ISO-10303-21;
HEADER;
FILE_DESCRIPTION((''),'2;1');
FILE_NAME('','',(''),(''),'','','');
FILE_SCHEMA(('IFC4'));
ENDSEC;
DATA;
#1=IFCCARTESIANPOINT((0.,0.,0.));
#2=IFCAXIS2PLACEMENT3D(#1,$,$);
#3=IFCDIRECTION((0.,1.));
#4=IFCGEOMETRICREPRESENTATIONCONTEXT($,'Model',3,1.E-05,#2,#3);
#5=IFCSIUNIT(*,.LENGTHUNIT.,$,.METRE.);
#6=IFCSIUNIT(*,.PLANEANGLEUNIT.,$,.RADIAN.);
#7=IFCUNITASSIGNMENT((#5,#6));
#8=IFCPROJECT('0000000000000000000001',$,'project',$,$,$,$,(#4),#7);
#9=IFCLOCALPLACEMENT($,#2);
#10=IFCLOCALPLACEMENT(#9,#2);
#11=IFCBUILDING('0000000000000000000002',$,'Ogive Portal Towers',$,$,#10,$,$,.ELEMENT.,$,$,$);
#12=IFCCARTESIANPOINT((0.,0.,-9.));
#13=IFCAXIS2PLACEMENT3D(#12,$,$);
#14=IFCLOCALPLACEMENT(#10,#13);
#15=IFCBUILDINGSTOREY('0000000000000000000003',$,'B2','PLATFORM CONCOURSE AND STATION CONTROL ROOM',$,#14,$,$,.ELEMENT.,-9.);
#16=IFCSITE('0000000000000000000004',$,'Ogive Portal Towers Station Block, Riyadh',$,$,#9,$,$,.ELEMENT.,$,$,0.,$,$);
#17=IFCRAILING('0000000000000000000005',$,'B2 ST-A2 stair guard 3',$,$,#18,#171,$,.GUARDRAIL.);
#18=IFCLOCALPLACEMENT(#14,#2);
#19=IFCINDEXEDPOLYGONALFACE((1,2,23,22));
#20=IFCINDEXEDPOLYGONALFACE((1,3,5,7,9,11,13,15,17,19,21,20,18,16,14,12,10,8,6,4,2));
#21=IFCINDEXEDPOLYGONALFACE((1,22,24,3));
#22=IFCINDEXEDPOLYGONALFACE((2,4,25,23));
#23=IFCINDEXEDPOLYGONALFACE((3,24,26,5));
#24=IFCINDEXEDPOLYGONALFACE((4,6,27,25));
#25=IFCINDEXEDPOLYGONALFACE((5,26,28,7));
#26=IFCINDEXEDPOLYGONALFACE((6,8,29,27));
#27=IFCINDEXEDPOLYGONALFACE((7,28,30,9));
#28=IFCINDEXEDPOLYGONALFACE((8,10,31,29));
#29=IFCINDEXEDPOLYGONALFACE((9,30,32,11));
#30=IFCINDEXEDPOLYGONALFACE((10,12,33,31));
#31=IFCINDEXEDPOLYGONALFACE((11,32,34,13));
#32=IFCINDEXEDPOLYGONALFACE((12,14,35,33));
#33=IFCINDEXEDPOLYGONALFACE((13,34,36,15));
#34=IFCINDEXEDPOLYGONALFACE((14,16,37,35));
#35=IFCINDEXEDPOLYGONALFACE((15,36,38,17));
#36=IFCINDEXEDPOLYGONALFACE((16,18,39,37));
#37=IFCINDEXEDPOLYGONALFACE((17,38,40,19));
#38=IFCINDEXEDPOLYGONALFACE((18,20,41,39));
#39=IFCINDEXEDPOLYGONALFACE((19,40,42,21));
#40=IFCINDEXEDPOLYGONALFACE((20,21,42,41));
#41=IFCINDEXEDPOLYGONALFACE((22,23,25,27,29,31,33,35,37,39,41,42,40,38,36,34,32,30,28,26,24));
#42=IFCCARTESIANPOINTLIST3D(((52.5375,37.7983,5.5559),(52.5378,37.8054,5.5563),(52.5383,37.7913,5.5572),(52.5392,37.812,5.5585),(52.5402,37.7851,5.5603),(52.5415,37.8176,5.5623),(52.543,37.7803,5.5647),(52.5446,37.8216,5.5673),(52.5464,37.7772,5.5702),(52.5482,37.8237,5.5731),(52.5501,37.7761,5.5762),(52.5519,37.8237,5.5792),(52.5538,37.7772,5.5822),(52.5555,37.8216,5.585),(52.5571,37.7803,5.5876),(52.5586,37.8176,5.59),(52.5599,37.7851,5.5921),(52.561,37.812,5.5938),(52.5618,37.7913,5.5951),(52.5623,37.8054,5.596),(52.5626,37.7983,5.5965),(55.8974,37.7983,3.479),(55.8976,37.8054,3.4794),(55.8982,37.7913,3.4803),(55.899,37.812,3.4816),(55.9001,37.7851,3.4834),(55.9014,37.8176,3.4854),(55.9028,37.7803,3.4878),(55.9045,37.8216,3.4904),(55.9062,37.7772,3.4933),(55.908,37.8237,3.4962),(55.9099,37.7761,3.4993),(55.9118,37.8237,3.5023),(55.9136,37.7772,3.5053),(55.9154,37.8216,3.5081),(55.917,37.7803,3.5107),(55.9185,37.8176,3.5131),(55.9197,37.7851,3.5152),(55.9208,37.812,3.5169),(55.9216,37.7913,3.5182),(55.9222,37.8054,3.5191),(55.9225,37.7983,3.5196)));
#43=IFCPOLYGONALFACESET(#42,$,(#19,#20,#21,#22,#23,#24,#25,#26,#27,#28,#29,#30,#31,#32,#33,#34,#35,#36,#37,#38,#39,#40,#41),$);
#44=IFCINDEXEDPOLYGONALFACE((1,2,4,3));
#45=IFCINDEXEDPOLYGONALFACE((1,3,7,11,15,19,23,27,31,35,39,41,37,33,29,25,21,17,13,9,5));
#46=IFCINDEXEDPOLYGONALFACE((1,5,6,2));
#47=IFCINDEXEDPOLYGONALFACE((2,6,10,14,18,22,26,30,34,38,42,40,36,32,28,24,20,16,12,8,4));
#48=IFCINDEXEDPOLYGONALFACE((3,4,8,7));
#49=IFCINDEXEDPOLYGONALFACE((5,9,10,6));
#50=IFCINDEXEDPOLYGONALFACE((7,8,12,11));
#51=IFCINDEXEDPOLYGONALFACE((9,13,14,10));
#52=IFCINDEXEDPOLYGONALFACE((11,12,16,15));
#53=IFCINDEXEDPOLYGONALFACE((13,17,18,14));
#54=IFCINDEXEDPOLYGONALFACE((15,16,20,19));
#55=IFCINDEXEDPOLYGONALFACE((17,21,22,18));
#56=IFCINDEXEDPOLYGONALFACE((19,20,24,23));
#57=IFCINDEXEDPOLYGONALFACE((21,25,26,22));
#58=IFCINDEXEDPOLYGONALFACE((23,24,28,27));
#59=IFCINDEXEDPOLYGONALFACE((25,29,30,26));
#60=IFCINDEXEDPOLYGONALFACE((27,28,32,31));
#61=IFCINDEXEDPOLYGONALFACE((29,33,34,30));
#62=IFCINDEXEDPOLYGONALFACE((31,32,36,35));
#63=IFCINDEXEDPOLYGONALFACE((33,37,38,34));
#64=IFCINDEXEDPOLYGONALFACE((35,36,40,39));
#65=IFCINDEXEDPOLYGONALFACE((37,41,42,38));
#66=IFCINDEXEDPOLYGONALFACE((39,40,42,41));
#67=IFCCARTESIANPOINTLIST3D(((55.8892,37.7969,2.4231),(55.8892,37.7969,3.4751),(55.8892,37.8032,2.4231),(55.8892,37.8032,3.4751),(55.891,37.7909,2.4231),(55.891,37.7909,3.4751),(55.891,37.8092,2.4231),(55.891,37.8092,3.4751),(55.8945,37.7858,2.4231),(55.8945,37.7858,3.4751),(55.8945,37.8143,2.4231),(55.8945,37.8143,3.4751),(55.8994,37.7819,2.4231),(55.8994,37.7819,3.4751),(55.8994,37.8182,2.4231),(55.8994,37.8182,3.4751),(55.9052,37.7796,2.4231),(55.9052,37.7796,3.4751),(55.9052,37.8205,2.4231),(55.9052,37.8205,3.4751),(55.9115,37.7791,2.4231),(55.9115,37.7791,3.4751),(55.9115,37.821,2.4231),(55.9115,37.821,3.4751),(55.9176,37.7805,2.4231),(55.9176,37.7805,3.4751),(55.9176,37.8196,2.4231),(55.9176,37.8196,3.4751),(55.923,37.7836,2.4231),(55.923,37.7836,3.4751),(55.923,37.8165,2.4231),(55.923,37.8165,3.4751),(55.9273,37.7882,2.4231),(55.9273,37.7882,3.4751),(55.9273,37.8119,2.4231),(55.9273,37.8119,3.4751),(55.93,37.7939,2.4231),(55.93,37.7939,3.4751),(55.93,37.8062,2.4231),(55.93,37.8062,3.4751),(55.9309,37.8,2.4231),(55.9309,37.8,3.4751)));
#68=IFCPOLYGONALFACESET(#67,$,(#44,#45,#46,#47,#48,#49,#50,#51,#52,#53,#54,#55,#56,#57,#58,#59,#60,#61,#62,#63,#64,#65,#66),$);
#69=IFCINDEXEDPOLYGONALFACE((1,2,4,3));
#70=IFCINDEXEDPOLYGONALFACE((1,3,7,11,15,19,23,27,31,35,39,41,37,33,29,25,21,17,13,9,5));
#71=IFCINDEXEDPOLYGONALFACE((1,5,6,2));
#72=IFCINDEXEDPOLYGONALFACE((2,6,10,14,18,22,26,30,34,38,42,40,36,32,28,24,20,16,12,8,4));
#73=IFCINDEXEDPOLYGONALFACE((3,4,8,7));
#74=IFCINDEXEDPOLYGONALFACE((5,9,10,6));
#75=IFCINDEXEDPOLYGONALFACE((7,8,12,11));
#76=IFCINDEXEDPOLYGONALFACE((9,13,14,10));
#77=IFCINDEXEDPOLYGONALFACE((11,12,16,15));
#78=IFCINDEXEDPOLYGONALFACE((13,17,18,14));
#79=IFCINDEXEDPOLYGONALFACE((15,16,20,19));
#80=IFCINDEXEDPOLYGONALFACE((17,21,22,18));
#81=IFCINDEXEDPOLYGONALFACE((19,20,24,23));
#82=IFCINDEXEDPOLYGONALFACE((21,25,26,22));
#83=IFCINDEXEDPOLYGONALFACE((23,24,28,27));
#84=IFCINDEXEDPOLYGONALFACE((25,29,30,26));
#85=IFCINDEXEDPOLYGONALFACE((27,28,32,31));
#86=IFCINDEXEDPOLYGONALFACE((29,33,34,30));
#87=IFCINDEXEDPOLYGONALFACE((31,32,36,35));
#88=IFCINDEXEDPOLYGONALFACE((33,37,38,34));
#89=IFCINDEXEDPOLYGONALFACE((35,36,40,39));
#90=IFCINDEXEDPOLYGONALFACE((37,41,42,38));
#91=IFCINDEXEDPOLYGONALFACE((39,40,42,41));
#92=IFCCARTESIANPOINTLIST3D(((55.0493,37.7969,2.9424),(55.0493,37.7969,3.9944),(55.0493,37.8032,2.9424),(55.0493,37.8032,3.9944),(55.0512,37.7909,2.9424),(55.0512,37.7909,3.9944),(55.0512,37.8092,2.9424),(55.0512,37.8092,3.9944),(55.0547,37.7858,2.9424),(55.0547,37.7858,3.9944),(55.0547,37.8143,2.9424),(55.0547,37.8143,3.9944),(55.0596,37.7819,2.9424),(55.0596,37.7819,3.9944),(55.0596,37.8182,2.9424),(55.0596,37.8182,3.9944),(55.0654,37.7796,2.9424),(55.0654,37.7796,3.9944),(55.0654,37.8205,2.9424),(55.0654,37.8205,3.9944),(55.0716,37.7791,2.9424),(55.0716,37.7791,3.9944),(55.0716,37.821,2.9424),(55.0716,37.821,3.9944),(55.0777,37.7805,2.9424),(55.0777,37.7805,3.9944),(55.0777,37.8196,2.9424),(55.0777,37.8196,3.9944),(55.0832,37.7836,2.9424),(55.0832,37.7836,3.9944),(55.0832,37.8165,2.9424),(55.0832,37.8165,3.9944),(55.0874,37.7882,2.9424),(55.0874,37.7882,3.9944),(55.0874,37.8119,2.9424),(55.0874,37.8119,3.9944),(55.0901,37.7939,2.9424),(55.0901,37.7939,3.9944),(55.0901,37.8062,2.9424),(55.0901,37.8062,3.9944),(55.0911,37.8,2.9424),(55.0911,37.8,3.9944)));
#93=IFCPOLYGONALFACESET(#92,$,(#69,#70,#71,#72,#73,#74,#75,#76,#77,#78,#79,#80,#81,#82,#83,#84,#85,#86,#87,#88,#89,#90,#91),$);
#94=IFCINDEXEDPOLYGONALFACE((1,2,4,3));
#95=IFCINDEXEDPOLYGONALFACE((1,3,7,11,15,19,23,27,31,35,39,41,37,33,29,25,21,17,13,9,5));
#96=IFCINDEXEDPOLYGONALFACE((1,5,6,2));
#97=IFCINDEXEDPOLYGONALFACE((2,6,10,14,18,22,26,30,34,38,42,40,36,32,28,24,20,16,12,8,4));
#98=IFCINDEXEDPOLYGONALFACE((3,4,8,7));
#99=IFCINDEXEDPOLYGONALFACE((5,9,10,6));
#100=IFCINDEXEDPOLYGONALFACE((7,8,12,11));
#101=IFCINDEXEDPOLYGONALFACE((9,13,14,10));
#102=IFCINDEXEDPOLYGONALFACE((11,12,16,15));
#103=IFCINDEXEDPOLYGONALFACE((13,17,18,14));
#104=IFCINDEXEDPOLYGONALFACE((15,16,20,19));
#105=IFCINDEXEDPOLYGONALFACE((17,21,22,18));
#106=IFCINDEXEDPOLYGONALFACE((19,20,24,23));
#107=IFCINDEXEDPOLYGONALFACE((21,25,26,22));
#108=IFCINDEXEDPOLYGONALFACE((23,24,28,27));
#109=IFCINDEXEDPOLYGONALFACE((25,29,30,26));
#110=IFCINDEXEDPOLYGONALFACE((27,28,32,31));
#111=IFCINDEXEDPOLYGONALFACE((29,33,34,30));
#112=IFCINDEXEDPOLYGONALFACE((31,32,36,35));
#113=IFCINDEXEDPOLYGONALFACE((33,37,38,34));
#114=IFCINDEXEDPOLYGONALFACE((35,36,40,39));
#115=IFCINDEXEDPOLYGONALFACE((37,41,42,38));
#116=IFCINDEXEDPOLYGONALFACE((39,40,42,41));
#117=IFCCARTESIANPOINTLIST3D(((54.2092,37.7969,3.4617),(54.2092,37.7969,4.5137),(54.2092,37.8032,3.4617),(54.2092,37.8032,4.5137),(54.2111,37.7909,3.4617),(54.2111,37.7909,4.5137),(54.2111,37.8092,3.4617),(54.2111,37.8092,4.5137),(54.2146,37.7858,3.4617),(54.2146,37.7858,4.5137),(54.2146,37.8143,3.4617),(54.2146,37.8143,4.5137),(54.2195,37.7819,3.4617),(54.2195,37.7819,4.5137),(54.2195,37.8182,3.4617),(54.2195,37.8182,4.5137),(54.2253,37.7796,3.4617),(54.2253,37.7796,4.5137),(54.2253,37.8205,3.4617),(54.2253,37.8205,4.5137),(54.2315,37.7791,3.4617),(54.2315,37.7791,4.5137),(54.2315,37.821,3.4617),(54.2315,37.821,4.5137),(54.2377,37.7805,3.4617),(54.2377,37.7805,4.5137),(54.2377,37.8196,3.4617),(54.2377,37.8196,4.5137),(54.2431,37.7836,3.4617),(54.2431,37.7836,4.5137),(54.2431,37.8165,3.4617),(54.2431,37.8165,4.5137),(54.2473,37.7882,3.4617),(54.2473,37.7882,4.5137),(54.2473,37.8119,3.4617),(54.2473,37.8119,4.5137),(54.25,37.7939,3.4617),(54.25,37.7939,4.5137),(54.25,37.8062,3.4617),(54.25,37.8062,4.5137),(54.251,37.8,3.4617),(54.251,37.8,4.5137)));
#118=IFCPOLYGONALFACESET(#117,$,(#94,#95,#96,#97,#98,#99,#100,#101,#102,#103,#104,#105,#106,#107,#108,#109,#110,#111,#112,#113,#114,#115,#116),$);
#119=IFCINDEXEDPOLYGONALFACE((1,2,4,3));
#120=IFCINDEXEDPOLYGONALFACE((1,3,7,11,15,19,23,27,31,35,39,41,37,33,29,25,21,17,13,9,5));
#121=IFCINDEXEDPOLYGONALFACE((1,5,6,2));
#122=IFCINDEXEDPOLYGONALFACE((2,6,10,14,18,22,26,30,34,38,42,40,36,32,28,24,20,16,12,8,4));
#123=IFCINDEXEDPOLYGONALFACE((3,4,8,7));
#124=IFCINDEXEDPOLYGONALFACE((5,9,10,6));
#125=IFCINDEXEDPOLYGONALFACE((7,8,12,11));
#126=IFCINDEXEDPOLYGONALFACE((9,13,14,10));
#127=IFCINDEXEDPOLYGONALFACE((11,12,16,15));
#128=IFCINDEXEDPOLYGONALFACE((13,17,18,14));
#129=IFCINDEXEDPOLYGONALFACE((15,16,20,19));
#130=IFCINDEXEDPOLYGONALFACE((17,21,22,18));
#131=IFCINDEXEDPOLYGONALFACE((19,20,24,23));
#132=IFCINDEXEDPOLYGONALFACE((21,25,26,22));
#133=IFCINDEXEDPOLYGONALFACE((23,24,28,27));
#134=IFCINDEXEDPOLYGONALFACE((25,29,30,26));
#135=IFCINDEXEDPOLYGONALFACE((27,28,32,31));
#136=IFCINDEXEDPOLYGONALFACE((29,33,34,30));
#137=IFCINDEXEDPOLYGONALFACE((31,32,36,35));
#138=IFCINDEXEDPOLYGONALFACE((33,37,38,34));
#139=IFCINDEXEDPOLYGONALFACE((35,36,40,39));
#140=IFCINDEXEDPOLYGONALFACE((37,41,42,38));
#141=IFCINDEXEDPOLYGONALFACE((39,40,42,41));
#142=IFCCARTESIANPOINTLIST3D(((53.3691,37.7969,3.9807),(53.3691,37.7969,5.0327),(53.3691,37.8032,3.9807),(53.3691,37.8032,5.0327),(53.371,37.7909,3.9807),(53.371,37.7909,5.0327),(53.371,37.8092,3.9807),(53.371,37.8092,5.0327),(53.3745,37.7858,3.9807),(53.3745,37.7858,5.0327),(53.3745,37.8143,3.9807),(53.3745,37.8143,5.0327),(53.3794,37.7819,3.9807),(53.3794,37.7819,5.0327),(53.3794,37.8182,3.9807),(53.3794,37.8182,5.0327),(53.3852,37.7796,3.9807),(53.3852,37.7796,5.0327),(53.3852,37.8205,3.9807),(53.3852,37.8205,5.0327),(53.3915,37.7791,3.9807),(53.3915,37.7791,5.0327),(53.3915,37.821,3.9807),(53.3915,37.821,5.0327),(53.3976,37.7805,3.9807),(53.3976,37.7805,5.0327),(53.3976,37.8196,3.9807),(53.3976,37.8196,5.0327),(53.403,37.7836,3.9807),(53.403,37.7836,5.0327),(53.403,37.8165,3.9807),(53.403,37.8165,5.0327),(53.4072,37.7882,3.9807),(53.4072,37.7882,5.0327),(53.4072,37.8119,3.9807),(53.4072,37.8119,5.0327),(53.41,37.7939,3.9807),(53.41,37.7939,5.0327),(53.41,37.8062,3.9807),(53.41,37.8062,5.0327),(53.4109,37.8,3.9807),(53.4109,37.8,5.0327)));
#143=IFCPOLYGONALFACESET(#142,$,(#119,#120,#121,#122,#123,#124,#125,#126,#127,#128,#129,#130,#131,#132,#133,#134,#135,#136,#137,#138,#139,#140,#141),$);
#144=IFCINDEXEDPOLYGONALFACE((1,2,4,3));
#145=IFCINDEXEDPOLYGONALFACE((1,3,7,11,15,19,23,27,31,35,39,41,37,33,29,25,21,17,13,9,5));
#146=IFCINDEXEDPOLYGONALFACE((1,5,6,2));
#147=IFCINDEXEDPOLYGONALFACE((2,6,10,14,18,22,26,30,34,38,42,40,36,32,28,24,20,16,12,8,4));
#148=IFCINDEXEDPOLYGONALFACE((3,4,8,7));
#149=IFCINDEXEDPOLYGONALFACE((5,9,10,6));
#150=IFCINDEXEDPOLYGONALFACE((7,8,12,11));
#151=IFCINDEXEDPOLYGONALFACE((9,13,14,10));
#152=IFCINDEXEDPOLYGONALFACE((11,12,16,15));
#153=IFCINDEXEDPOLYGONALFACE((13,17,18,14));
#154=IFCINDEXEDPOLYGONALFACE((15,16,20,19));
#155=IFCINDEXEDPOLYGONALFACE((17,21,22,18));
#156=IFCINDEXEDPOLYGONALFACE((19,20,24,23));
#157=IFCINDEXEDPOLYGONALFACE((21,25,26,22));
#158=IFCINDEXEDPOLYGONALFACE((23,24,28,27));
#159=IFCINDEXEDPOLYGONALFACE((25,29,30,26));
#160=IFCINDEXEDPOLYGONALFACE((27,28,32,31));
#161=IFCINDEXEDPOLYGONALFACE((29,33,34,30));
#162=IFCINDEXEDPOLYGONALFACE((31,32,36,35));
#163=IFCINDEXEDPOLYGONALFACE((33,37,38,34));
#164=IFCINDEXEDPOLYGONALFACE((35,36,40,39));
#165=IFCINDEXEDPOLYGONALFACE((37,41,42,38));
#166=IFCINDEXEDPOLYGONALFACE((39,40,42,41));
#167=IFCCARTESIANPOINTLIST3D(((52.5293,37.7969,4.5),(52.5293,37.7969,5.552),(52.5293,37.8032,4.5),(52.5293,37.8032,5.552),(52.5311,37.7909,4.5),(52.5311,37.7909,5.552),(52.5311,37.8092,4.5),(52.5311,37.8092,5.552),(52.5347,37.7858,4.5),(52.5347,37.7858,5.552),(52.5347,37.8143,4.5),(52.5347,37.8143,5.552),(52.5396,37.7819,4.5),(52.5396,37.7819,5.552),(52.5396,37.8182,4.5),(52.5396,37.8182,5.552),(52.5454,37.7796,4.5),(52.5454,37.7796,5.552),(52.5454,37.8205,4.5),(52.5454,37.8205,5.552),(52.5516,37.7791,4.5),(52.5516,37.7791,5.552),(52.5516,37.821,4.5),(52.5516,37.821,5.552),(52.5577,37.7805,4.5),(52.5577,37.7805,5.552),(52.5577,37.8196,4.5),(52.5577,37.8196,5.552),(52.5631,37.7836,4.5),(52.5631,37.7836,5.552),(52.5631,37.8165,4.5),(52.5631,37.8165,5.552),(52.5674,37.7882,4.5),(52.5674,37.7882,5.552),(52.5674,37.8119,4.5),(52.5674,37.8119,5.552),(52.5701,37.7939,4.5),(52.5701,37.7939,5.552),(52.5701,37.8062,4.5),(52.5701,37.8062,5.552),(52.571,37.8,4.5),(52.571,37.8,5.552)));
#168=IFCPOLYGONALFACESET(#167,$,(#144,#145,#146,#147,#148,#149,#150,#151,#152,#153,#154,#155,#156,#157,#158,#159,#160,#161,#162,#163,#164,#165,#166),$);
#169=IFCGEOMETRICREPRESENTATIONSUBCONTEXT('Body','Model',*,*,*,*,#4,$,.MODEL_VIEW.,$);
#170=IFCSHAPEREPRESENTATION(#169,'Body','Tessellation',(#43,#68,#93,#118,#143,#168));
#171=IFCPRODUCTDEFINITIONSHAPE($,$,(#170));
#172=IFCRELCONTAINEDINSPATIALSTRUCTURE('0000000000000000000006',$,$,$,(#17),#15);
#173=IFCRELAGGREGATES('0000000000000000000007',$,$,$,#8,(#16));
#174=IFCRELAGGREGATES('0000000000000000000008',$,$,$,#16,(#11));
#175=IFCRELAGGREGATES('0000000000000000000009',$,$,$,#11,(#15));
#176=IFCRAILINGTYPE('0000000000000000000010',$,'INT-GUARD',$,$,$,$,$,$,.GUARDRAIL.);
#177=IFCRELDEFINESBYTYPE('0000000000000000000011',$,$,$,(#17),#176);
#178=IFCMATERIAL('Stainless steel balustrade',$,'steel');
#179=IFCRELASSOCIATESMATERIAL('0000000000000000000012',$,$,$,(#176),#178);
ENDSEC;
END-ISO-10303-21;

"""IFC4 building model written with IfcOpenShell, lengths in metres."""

from ifc_helpers import new_model, si_unit, direction, frame, origin, origin_2d, place, context, subcontext, project, spatial, circle, extrude, material, type_object, element, save


model = new_model("IFC4")

# Units and contexts
model_context = context("Model", 3, precision=1e-05, world=origin(), true_north=direction((0.0, 1.0)))
body_context = subcontext(model_context, "Body", "Model", "MODEL_VIEW")
ifc_project = project(units=[si_unit("LENGTHUNIT", "METRE"), si_unit("PLANEANGLEUNIT", "RADIAN")], contexts=[model_context])

# Site, building, storey
site_placement = place(None, origin())
site = spatial("IfcSite", under=ifc_project, at=site_placement, Name="Ogive Portal Towers Station Block, Riyadh", CompositionType="ELEMENT", RefElevation=0.0)
building_placement = place(site_placement, origin())
building = spatial("IfcBuilding", under=site, at=building_placement, Name="Ogive Portal Towers", CompositionType="ELEMENT")
storey_placement = place(building_placement, frame((0.0, 0.0, -9.0)))
storey = spatial("IfcBuildingStorey", under=building, at=storey_placement, Name="B2", Description="PLATFORM CONCOURSE AND STATION CONTROL ROOM", CompositionType="ELEMENT", Elevation=-9.0)

# Railing
ifc_material_1 = material(Name="Stainless steel balustrade", Category="steel")
railing_type_1 = type_object("IfcRailingType", Name="INT-GUARD", PredefinedType="GUARDRAIL", material=ifc_material_1)
railing_1_placement = place(storey_placement, frame((55.9099, 37.8, 2.4231)))
element("IfcRailing", 1, at=railing_1_placement, inside=storey, type_object=railing_type_1, Name="B2 ST-A2 stair guard 3", PredefinedType="GUARDRAIL", context=body_context, shape_type="SweptSolid", body=[
    extrude(circle(Radius=0.0239, at=origin_2d()), frame((0.0, 0.0, 1.0762), z_axis=(-0.850606, 0.0, 0.525803), x_axis=(0.0, -1.0, 0.0)), (0.0, 0.0, 1.0), 3.95),
    extrude(circle(Radius=0.021, at=origin_2d()), origin(), (0.0, 0.0, 1.0), 1.052),
    extrude(circle(Radius=0.021, at=origin_2d()), frame((-0.8398, 0.0, 0.5193)), (0.0, 0.0, 1.0), 1.052),
    extrude(circle(Radius=0.021, at=origin_2d()), frame((-1.6799, 0.0, 1.0386)), (0.0, 0.0, 1.0), 1.052),
    extrude(circle(Radius=0.021, at=origin_2d()), frame((-2.52, 0.0, 1.5576)), (0.0, 0.0, 1.0), 1.052),
    extrude(circle(Radius=0.021, at=origin_2d()), frame((-3.3599, 0.0, 2.0769)), (0.0, 0.0, 1.0), 1.052),
])

save(model, "model.ifc")
